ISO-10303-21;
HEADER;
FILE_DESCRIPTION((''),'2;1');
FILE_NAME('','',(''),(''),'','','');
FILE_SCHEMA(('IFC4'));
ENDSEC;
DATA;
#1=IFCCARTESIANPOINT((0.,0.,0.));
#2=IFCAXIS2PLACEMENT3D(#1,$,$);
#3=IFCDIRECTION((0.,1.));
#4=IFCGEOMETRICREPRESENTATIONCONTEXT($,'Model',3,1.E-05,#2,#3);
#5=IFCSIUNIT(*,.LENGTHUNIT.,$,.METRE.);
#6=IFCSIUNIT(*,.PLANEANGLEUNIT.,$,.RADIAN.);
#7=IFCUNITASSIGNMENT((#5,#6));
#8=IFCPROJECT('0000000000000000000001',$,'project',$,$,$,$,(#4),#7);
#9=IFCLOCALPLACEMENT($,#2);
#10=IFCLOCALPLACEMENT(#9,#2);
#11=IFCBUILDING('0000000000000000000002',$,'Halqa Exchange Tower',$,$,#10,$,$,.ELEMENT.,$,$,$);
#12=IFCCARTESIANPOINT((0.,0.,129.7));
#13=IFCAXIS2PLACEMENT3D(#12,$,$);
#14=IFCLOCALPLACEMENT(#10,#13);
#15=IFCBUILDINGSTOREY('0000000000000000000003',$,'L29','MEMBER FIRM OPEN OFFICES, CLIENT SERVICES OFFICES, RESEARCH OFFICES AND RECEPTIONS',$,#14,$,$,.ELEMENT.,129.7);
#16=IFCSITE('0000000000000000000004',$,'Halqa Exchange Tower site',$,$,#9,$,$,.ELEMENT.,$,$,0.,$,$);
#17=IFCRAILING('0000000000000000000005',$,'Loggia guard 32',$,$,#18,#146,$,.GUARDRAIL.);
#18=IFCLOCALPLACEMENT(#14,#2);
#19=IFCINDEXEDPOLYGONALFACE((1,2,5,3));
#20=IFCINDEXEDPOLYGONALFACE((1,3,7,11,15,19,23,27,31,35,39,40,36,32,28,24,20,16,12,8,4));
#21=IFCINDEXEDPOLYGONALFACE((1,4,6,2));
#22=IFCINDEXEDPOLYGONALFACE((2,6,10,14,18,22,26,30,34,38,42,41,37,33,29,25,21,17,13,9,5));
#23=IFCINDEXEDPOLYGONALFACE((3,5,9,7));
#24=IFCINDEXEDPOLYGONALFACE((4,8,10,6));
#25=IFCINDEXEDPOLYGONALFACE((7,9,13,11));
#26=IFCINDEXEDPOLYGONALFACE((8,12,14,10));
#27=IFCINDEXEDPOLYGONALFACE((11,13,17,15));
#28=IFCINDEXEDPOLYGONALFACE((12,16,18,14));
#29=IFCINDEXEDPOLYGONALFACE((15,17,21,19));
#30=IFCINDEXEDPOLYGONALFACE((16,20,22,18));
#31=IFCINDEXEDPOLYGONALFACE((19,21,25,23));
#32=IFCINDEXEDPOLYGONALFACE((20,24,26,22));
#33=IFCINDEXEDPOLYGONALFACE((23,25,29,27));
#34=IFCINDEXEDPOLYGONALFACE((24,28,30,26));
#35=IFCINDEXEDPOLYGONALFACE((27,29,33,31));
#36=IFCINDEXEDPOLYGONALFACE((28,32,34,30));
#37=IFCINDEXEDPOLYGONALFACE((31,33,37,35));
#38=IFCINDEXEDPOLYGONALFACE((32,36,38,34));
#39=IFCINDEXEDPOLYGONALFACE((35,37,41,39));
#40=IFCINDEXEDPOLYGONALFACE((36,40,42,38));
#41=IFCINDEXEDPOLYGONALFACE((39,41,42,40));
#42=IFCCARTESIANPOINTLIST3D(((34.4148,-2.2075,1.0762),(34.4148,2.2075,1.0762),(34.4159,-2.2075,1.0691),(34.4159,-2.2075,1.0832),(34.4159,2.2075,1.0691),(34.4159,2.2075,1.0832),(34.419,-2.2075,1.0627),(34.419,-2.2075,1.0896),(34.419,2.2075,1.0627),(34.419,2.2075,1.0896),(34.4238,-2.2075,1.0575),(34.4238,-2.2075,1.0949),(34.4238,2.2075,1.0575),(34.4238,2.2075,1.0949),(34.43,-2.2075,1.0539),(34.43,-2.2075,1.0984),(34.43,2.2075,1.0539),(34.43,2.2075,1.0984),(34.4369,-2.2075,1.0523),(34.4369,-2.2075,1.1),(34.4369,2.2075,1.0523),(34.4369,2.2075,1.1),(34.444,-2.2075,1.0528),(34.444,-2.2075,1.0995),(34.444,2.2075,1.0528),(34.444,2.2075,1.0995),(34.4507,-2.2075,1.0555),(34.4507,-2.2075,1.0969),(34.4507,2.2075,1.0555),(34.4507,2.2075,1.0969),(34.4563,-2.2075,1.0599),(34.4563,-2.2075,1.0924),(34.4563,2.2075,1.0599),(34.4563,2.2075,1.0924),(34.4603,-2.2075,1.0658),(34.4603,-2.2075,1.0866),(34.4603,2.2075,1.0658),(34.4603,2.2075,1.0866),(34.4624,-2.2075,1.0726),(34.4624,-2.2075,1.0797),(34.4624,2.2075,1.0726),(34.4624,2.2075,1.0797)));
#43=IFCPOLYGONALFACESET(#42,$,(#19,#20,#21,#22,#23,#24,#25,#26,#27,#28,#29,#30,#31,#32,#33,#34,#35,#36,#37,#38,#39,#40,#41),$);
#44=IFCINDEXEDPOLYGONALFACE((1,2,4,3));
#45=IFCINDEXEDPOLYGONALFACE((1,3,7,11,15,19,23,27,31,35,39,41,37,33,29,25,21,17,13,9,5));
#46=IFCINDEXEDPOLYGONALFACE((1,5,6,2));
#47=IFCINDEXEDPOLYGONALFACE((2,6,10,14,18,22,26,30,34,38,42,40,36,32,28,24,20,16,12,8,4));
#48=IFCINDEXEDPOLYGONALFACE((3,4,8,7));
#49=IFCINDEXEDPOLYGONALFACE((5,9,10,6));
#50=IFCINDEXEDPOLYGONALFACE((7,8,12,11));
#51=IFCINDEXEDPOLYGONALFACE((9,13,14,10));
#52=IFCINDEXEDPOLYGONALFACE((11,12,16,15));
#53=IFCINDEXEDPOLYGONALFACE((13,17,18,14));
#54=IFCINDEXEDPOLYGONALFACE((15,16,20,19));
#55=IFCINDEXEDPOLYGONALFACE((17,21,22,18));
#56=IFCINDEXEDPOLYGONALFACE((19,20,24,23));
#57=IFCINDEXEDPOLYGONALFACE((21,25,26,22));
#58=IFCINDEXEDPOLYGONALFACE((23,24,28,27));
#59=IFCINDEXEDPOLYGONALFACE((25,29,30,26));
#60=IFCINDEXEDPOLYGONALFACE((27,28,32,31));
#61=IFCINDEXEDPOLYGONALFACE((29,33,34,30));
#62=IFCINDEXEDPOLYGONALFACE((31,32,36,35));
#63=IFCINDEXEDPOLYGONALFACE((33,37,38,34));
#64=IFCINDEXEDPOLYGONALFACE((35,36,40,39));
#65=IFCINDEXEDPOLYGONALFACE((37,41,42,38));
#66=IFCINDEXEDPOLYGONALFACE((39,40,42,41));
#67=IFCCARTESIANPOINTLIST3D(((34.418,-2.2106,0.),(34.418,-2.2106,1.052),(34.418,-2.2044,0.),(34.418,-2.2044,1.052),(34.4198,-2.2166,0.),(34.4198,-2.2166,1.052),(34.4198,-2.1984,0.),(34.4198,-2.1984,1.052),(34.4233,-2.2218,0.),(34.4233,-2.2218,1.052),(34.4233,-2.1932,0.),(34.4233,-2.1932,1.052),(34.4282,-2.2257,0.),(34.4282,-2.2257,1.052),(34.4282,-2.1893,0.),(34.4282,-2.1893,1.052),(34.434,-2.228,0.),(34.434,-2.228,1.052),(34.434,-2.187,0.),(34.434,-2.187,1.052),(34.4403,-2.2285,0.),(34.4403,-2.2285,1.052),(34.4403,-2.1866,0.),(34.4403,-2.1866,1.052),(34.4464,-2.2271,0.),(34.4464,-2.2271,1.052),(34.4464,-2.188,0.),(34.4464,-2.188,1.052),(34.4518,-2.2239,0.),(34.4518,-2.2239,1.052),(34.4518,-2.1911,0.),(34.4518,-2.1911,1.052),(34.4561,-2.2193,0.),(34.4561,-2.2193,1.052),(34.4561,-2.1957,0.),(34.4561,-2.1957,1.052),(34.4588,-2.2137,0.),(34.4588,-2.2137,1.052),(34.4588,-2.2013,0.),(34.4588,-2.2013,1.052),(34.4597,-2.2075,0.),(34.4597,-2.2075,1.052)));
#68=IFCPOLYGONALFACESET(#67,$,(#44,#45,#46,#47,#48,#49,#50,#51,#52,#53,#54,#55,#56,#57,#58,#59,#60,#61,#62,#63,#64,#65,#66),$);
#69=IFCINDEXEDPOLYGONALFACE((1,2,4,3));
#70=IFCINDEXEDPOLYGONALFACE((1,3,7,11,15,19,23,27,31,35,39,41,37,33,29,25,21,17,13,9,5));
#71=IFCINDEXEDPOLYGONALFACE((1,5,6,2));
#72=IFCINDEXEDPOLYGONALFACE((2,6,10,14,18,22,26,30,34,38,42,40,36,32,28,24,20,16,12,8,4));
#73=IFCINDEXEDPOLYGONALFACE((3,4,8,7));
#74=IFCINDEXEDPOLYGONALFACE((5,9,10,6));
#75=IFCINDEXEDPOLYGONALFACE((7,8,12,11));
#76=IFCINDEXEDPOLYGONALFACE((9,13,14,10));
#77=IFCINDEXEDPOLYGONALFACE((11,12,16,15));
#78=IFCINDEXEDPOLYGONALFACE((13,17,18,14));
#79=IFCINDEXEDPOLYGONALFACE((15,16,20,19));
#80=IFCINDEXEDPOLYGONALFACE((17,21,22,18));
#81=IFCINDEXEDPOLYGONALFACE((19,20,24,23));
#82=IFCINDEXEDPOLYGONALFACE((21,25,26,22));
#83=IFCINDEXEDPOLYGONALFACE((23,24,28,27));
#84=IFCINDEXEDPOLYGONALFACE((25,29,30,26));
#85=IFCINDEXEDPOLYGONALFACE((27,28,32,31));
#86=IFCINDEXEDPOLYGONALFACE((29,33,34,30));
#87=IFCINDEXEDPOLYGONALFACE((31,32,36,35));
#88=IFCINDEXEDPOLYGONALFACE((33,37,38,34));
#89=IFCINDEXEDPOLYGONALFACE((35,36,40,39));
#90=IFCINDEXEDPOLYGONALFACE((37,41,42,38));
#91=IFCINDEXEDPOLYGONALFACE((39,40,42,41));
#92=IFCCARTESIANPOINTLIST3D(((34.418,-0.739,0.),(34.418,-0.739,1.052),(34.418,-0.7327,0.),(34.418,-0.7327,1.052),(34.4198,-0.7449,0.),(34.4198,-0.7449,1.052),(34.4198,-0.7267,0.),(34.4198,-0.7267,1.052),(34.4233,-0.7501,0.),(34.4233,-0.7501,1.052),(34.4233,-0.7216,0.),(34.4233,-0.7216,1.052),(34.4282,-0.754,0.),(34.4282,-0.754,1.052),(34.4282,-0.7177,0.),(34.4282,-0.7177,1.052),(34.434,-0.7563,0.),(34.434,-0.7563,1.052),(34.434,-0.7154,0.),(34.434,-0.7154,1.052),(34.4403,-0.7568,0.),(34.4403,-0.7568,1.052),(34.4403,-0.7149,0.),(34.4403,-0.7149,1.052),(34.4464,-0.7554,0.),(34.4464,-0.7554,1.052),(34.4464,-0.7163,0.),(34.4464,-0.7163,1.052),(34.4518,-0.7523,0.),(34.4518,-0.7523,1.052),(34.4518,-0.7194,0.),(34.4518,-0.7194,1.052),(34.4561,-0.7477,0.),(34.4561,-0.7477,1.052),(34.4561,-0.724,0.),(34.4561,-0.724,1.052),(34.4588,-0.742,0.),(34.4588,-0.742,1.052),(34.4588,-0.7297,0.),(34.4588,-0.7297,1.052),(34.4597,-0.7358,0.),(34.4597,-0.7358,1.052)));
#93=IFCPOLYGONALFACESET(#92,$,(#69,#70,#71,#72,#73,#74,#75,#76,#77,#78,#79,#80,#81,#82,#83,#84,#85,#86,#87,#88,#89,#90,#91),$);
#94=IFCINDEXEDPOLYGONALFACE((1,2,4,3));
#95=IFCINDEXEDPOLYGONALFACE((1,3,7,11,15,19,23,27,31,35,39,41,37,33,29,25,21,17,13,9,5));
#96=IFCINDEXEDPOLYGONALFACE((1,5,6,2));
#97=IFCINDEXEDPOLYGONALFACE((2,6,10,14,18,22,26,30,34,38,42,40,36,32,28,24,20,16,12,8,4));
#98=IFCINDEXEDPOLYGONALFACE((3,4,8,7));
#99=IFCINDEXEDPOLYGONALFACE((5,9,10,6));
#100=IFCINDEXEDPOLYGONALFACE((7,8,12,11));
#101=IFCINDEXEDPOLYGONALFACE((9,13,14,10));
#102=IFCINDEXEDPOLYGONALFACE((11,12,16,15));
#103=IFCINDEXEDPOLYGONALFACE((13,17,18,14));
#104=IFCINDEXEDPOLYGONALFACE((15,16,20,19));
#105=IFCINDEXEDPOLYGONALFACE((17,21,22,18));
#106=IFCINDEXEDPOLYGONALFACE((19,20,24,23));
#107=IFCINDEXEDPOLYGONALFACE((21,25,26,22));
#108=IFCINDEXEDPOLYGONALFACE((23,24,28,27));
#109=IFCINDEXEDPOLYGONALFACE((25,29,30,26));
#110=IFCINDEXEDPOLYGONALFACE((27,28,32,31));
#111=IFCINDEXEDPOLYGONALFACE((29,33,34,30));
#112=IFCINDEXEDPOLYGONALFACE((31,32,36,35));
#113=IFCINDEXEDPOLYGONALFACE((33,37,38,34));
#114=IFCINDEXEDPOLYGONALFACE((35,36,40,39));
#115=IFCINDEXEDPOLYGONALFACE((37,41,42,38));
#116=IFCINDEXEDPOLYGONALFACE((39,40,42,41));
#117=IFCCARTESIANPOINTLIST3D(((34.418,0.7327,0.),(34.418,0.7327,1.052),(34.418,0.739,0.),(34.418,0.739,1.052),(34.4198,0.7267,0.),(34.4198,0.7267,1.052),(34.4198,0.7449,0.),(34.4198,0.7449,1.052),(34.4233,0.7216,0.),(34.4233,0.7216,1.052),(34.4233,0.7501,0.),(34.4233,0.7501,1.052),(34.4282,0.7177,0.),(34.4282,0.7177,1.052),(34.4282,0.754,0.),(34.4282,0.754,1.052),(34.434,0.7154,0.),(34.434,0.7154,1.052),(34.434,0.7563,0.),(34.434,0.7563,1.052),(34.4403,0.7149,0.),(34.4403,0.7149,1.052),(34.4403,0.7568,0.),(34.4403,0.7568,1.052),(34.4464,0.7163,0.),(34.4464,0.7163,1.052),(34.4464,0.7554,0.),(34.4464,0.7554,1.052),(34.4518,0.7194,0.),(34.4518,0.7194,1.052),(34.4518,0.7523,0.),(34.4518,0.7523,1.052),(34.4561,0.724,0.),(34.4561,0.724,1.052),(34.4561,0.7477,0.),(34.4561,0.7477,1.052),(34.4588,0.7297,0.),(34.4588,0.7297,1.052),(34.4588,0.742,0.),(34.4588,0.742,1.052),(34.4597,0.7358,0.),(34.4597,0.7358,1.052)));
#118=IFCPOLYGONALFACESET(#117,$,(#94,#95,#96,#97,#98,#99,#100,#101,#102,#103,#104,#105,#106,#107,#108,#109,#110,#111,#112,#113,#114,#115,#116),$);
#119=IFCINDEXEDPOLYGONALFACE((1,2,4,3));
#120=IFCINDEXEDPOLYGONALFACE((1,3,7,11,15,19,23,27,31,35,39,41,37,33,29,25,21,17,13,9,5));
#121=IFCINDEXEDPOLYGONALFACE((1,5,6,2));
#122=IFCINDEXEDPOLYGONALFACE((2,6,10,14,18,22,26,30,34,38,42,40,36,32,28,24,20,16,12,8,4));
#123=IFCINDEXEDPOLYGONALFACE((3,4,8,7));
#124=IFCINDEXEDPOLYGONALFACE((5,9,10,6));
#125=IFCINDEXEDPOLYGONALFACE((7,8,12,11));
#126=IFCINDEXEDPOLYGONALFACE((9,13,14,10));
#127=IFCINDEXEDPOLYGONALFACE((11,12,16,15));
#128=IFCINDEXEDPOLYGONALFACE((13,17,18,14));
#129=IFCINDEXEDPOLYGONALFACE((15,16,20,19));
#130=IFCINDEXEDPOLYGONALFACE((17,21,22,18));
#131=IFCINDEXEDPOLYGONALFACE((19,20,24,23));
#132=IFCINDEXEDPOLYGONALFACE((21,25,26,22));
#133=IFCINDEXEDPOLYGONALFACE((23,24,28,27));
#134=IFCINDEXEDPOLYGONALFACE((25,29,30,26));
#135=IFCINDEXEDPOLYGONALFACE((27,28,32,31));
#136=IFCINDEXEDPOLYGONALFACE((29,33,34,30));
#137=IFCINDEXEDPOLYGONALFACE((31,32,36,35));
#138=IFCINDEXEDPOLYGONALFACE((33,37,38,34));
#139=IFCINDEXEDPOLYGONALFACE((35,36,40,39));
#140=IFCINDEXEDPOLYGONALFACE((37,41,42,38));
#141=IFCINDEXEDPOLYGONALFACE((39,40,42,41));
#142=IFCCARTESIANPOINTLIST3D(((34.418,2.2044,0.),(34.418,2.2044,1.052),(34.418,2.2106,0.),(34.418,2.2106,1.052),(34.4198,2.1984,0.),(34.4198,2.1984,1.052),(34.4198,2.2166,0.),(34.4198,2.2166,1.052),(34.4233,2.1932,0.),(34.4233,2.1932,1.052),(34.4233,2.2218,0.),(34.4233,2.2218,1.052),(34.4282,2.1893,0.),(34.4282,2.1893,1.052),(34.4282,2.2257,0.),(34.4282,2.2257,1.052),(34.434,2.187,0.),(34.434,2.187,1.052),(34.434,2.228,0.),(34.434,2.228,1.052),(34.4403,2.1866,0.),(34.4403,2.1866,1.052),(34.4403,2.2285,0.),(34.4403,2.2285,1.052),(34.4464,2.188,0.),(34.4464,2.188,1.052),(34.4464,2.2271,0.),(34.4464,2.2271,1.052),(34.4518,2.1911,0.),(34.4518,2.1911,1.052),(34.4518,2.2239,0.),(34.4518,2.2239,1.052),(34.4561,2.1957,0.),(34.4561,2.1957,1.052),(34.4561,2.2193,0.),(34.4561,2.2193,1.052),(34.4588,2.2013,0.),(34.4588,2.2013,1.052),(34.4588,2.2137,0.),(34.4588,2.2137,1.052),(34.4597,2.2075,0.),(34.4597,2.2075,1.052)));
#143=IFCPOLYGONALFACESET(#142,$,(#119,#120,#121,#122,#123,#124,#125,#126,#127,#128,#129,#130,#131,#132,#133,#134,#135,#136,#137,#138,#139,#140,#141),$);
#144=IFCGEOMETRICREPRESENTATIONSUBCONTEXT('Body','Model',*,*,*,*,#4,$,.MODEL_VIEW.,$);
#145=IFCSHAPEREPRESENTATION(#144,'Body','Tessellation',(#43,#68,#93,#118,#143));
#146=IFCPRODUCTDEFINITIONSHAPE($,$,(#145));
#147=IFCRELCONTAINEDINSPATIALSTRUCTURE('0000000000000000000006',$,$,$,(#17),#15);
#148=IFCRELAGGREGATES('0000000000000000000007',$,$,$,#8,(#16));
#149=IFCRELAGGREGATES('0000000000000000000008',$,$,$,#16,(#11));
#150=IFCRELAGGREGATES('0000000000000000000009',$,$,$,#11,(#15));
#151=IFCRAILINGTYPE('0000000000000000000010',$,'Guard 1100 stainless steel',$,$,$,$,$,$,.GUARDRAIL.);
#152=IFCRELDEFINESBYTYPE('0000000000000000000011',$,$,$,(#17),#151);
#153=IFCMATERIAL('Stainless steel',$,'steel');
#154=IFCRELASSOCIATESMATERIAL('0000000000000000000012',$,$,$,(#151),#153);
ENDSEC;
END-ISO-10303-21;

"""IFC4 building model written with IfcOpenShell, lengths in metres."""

from ifc_helpers import new_model, si_unit, direction, frame, origin, origin_2d, place, context, subcontext, project, spatial, circle, extrude, material, type_object, element, save


model = new_model("IFC4")

# Units and contexts
model_context = context("Model", 3, precision=1e-05, world=origin(), true_north=direction((0.0, 1.0)))
body_context = subcontext(model_context, "Body", "Model", "MODEL_VIEW")
ifc_project = project(units=[si_unit("LENGTHUNIT", "METRE"), si_unit("PLANEANGLEUNIT", "RADIAN")], contexts=[model_context])

# Site, building, storey
site_placement = place(None, origin())
site = spatial("IfcSite", under=ifc_project, at=site_placement, Name="Halqa Exchange Tower site", CompositionType="ELEMENT", RefElevation=0.0)
building_placement = place(site_placement, origin())
building = spatial("IfcBuilding", under=site, at=building_placement, Name="Halqa Exchange Tower", CompositionType="ELEMENT")
storey_placement = place(building_placement, frame((0.0, 0.0, 129.7)))
storey = spatial("IfcBuildingStorey", under=building, at=storey_placement, Name="L29", Description="MEMBER FIRM OPEN OFFICES, CLIENT SERVICES OFFICES, RESEARCH OFFICES AND RECEPTIONS", CompositionType="ELEMENT", Elevation=129.7)

# Railing
ifc_material_1 = material(Name="Stainless steel", Category="steel")
railing_type = type_object("IfcRailingType", Name="Guard 1100 stainless steel", PredefinedType="GUARDRAIL", material=ifc_material_1)
railing_1_placement = place(storey_placement, frame((34.4387, -2.2075, 0.0)))
element("IfcRailing", 1, at=railing_1_placement, inside=storey, type_object=railing_type, Name="Loggia guard 32", PredefinedType="GUARDRAIL", context=body_context, shape_type="SweptSolid", body=[
    extrude(circle(Radius=0.0239, at=origin_2d()), frame((0.0, 0.0, 1.0762), z_axis=(0.0, 1.0, 0.0), x_axis=(-1.0, 0.0, 0.0)), (0.0, 0.0, 1.0), 4.415),
    extrude(circle(Radius=0.021, at=origin_2d()), origin(), (0.0, 0.0, 1.0), 1.052),
    extrude(circle(Radius=0.021, at=origin_2d()), frame((0.0, 1.4717, 0.0)), (0.0, 0.0, 1.0), 1.052),
    extrude(circle(Radius=0.021, at=origin_2d()), frame((0.0, 2.9434, 0.0)), (0.0, 0.0, 1.0), 1.052),
    extrude(circle(Radius=0.021, at=origin_2d()), frame((0.0, 4.415, 0.0)), (0.0, 0.0, 1.0), 1.052),
])

save(model, "model.ifc")
